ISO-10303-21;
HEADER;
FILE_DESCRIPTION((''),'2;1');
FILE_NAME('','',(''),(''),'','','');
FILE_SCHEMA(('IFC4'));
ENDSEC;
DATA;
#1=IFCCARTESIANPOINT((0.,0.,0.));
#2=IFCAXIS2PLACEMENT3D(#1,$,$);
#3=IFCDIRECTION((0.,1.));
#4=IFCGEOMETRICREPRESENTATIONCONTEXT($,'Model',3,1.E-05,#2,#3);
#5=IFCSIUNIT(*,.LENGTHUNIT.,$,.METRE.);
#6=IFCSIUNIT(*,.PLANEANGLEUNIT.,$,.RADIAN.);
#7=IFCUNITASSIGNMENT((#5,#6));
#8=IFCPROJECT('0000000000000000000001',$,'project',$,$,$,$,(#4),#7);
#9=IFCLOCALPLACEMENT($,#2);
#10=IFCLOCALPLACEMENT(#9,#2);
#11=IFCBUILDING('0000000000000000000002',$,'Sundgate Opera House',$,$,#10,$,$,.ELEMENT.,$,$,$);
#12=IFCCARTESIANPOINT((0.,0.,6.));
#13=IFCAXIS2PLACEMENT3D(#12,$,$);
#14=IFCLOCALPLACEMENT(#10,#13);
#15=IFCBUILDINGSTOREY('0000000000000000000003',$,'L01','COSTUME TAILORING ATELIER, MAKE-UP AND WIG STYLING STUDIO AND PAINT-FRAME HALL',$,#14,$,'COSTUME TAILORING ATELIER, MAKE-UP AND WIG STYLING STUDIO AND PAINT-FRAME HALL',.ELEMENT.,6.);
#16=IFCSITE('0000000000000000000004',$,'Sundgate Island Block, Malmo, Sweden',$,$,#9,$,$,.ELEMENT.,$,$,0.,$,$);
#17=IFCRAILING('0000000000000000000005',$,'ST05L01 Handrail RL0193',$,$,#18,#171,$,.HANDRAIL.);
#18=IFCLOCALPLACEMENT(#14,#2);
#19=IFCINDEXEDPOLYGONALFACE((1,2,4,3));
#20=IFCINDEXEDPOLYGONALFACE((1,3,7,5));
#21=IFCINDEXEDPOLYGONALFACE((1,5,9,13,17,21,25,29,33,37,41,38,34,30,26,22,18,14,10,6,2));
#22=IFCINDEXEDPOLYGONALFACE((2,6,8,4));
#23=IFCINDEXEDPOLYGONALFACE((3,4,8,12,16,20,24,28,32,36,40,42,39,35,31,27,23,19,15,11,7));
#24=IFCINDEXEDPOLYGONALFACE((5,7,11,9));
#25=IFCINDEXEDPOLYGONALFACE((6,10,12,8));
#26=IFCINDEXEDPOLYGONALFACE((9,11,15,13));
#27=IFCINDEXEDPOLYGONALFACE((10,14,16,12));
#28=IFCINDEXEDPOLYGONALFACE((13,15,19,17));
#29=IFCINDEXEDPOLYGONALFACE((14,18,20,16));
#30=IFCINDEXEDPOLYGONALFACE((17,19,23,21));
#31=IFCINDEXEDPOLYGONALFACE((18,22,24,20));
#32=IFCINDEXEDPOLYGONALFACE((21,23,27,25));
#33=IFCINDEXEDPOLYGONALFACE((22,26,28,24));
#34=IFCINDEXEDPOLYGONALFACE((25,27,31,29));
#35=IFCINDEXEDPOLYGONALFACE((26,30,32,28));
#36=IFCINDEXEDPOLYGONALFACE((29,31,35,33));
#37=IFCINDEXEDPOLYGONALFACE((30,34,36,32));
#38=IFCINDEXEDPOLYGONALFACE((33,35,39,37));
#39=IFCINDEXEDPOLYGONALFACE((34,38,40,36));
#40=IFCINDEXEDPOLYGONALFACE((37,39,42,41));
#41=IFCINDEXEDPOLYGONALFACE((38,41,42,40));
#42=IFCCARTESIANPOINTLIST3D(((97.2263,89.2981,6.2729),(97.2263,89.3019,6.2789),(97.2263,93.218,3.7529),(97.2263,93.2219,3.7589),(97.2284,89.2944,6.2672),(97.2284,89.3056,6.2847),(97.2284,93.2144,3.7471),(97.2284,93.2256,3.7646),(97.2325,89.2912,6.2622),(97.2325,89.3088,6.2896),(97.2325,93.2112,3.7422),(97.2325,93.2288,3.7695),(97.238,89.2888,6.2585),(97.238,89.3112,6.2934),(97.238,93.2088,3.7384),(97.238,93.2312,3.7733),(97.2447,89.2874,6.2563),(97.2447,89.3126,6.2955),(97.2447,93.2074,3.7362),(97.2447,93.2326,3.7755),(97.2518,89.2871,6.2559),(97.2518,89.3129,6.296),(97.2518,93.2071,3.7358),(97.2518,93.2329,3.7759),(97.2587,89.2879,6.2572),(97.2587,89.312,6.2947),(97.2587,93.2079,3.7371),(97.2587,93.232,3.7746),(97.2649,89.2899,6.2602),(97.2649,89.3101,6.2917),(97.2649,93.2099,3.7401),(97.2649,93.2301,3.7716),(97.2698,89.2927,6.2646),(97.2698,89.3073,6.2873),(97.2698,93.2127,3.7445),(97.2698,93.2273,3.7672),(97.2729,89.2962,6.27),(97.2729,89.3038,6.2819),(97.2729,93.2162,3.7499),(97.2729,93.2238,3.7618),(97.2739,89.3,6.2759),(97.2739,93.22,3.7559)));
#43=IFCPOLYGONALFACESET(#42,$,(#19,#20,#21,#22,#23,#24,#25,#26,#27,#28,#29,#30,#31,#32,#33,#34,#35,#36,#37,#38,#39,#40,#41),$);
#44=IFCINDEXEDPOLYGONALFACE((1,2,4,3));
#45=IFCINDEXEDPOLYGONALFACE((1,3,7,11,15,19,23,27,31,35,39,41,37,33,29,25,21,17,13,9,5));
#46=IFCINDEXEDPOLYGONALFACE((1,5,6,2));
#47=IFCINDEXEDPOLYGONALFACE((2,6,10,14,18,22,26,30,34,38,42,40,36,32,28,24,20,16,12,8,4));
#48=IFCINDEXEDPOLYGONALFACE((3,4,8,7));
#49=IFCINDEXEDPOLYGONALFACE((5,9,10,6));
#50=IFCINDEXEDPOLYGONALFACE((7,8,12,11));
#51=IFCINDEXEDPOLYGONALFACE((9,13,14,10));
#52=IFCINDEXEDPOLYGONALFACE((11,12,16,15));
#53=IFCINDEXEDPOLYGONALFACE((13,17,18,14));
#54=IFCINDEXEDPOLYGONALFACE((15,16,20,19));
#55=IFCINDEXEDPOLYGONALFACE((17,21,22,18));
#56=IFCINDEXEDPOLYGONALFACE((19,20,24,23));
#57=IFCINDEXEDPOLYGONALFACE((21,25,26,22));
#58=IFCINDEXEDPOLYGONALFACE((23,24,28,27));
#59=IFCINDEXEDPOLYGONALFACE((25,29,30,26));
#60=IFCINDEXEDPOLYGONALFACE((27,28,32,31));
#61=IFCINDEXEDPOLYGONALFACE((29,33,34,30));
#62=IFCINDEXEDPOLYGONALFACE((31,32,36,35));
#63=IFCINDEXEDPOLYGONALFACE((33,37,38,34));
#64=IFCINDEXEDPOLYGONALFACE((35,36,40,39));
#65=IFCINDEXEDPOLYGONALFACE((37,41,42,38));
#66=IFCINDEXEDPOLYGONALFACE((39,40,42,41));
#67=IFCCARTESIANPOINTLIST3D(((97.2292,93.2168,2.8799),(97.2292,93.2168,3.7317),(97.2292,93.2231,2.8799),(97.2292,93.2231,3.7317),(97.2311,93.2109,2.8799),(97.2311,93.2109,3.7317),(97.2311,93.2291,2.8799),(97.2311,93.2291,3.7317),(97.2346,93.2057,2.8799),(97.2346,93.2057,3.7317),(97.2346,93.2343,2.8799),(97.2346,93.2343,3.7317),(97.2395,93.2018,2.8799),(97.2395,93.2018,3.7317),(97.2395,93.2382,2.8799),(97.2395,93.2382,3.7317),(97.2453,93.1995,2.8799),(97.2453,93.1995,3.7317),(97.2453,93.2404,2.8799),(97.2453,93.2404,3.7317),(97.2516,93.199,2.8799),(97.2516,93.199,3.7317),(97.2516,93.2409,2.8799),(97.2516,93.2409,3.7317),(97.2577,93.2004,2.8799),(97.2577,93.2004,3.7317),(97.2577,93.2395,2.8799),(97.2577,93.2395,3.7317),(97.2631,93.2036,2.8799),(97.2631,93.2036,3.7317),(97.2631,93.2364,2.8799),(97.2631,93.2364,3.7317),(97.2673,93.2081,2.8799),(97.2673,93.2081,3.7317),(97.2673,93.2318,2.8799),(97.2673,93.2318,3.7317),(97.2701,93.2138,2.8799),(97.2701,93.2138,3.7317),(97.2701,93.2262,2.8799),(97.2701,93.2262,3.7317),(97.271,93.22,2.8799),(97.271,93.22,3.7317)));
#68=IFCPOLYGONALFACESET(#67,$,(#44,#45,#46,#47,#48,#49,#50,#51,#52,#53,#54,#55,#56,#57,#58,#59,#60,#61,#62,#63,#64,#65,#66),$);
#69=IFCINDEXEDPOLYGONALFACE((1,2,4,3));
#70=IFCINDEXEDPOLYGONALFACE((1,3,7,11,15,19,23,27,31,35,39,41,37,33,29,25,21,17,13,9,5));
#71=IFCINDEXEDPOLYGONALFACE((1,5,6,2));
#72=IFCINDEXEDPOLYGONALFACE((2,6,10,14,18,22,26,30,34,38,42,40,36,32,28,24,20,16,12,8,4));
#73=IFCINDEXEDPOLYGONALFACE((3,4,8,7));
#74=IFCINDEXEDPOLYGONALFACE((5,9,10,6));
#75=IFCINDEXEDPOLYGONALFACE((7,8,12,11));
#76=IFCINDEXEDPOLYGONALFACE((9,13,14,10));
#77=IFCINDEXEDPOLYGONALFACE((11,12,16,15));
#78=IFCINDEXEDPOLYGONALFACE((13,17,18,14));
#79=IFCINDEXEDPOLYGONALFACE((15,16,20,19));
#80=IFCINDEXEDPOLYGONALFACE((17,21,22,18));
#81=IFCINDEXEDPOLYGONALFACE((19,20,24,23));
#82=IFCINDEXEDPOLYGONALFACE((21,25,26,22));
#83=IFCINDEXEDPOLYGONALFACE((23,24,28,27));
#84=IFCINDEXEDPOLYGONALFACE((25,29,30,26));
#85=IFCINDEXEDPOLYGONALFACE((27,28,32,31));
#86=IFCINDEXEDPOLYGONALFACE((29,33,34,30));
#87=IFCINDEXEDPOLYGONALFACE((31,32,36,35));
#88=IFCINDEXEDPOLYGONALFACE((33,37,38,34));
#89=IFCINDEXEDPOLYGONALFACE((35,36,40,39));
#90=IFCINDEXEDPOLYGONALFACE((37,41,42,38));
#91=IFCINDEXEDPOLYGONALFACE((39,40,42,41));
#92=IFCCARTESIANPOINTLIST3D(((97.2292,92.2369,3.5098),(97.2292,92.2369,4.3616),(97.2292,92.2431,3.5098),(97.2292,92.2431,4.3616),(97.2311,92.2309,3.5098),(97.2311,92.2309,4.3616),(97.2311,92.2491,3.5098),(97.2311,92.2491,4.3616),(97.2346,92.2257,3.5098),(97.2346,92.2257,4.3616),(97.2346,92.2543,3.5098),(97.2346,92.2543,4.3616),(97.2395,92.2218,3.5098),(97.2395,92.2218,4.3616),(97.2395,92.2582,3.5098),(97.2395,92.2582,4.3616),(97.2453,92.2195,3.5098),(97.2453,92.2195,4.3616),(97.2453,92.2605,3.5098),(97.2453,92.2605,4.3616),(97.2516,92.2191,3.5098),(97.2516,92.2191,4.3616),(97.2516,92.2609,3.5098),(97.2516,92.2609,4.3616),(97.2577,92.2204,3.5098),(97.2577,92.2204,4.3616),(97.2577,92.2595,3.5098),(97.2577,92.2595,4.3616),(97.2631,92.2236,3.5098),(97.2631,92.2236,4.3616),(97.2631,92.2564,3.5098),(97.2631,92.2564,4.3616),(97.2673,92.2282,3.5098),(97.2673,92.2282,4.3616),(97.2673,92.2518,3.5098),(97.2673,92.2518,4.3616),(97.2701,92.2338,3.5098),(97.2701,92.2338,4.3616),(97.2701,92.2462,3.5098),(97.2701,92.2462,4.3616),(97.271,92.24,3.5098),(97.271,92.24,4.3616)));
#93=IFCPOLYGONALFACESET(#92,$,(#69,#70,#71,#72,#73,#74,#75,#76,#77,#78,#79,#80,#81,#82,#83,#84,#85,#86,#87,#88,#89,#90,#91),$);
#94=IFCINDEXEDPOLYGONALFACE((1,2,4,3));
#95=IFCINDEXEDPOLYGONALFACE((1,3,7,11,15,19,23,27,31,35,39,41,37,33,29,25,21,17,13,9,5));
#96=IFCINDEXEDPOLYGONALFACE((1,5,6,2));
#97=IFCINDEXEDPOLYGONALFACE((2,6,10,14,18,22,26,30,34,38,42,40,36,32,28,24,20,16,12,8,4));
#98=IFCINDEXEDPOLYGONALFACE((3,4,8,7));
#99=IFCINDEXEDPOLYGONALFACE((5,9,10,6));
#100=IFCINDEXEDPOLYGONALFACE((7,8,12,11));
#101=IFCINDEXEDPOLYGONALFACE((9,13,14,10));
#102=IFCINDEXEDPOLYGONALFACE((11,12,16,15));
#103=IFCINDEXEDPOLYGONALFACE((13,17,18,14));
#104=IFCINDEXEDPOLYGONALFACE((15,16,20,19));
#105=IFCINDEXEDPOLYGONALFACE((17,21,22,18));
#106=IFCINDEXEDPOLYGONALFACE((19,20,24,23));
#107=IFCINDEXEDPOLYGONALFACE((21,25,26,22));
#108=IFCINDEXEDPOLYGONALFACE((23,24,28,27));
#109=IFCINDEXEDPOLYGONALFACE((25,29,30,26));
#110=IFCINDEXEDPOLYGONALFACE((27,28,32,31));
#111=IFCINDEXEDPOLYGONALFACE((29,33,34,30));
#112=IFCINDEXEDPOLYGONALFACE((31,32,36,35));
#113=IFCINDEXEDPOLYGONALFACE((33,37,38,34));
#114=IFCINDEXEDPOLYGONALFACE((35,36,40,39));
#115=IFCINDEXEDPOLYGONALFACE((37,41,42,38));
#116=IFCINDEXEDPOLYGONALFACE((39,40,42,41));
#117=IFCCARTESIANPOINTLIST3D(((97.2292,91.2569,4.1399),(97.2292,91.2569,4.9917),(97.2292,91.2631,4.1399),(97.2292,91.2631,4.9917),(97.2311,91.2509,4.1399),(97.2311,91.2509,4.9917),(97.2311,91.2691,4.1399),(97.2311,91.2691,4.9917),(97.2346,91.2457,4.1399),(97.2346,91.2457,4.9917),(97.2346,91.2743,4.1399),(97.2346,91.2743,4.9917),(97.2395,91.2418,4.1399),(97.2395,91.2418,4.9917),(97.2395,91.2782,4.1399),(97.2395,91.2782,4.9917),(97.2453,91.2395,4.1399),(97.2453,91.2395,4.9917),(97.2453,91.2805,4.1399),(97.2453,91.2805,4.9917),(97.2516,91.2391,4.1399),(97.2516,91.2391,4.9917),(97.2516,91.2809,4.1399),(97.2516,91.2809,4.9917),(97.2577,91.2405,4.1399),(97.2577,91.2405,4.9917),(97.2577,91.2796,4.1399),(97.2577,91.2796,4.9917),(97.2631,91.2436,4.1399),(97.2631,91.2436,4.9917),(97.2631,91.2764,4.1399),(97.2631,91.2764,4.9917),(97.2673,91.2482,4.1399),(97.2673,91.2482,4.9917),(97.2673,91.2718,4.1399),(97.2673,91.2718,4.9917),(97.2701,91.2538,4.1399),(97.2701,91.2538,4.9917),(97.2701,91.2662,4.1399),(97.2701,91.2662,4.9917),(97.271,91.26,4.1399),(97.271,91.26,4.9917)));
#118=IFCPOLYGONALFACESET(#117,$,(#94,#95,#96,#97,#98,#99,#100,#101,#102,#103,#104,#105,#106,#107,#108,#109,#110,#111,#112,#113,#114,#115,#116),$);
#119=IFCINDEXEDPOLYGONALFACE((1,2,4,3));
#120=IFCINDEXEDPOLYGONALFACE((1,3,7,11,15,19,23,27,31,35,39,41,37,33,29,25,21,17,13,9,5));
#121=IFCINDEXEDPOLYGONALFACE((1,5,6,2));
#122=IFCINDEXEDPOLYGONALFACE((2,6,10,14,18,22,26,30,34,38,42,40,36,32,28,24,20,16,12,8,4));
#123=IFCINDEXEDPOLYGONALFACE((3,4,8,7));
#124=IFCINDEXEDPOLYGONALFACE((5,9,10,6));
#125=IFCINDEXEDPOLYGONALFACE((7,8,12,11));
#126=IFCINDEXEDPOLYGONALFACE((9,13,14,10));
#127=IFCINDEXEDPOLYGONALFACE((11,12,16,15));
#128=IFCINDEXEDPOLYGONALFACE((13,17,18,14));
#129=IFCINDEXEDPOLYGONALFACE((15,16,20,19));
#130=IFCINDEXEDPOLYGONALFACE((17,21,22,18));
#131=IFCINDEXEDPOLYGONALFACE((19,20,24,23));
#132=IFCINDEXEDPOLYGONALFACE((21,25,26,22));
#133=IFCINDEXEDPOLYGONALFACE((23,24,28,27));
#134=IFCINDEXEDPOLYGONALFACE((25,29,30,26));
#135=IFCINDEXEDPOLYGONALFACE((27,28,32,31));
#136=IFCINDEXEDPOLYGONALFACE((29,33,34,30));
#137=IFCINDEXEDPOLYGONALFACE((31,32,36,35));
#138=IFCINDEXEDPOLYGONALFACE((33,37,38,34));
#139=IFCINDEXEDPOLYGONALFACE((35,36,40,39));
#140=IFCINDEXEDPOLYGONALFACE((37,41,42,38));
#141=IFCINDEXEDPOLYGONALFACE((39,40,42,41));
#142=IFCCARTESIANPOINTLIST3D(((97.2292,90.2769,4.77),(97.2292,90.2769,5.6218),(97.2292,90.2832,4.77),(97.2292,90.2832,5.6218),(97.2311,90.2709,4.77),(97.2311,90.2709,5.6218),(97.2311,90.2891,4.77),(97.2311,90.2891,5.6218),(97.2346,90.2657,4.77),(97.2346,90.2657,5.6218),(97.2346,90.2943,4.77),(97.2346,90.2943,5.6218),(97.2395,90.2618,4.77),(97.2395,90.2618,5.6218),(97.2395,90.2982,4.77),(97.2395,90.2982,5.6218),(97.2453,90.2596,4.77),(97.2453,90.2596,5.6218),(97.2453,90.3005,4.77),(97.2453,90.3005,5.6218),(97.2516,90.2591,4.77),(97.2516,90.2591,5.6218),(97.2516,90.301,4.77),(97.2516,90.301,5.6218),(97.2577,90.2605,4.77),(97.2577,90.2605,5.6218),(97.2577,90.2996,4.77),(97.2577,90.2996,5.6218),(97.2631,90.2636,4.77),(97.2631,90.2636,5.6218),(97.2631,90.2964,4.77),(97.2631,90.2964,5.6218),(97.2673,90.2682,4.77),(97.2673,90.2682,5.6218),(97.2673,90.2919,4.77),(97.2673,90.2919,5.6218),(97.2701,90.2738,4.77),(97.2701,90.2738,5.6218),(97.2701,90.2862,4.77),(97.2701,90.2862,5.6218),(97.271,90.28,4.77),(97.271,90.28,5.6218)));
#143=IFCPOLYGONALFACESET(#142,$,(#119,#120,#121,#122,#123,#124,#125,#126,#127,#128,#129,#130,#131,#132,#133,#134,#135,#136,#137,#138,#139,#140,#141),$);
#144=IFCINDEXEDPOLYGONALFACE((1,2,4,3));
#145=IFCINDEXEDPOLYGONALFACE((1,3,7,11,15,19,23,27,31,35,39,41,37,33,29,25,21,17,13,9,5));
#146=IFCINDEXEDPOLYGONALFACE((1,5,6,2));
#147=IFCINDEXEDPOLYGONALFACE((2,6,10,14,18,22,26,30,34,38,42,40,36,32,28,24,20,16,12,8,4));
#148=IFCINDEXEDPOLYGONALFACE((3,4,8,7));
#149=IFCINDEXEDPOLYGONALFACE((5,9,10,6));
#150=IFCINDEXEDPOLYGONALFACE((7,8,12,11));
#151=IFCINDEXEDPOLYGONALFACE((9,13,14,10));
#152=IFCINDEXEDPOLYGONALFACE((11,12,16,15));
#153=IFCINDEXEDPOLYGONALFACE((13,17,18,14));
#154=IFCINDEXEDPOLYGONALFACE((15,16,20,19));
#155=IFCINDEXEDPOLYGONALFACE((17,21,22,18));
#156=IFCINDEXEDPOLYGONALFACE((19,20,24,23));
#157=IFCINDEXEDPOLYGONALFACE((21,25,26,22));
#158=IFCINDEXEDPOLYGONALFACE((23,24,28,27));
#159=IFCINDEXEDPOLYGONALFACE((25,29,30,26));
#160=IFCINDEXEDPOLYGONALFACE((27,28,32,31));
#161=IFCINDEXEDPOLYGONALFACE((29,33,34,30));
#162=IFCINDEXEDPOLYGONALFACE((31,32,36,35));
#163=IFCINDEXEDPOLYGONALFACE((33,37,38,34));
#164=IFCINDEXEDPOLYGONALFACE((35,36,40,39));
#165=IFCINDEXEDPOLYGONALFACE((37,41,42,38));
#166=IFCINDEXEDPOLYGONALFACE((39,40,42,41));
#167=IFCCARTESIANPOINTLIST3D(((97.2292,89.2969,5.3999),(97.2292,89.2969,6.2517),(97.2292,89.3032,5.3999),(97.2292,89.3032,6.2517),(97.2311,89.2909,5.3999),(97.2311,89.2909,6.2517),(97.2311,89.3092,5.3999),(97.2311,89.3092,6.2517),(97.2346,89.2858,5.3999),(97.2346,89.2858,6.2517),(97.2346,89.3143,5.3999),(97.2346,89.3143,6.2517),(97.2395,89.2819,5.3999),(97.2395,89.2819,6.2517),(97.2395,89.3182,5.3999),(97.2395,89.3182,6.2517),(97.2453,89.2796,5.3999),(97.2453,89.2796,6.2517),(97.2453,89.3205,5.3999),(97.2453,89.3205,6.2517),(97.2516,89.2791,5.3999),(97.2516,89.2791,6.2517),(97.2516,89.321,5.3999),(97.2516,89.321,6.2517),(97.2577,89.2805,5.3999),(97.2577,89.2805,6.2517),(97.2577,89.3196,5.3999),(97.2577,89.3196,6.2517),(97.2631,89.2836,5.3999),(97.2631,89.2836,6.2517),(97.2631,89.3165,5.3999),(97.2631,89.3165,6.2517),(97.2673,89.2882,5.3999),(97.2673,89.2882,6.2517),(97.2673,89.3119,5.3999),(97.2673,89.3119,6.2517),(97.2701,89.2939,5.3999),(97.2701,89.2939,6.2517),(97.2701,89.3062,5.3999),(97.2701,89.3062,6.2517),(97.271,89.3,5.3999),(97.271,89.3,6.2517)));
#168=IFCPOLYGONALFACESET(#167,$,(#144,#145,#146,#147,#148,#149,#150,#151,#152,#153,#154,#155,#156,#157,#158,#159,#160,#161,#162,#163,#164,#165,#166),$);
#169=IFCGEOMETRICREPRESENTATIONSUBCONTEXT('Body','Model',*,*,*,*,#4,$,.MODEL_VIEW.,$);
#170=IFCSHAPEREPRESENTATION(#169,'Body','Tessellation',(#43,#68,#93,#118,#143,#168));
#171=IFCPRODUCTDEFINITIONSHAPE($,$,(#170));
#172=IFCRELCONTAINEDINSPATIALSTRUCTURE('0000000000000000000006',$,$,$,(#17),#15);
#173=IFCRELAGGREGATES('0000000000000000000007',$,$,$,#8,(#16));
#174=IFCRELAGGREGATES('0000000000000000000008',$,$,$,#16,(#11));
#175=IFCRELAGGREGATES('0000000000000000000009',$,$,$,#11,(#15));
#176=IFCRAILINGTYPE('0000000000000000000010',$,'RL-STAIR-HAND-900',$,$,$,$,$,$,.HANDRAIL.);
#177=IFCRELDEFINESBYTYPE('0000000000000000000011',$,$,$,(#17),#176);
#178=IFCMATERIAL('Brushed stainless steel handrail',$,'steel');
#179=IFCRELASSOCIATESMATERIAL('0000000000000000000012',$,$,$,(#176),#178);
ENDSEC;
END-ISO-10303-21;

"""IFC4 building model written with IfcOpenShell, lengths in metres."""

from ifc_helpers import new_model, si_unit, direction, frame, origin, origin_2d, place, context, subcontext, project, spatial, circle, extrude, material, type_object, element, save


model = new_model("IFC4")

# Units and contexts
model_context = context("Model", 3, precision=1e-05, world=origin(), true_north=direction((0.0, 1.0)))
body_context = subcontext(model_context, "Body", "Model", "MODEL_VIEW")
ifc_project = project(units=[si_unit("LENGTHUNIT", "METRE"), si_unit("PLANEANGLEUNIT", "RADIAN")], contexts=[model_context])

# Site, building, storey
site_placement = place(None, origin())
site = spatial("IfcSite", under=ifc_project, at=site_placement, Name="Sundgate Island Block, Malmo, Sweden", CompositionType="ELEMENT", RefElevation=0.0)
building_placement = place(site_placement, origin())
building = spatial("IfcBuilding", under=site, at=building_placement, Name="Sundgate Opera House", CompositionType="ELEMENT")
storey_placement = place(building_placement, frame((0.0, 0.0, 6.0)))
storey = spatial("IfcBuildingStorey", under=building, at=storey_placement, Name="L01", Description="COSTUME TAILORING ATELIER, MAKE-UP AND WIG STYLING STUDIO AND PAINT-FRAME HALL", LongName="COSTUME TAILORING ATELIER, MAKE-UP AND WIG STYLING STUDIO AND PAINT-FRAME HALL", CompositionType="ELEMENT", Elevation=6.0)

# Railing
ifc_material_1 = material(Name="Brushed stainless steel handrail", Category="steel")
railing_type_1 = type_object("IfcRailingType", Name="RL-STAIR-HAND-900", PredefinedType="HANDRAIL", material=ifc_material_1)
railing_1_placement = place(storey_placement, frame((97.25, 93.22, 2.8799)))
element("IfcRailing", 1, at=railing_1_placement, inside=storey, type_object=railing_type_1, Name="ST05L01 Handrail RL0193", PredefinedType="HANDRAIL", context=body_context, shape_type="SweptSolid", body=[
    extrude(circle(Radius=0.0239, at=origin_2d()), frame((0.0, 0.0, 0.876), z_axis=(0.0, -0.841172, 0.540768), x_axis=(1.0, 0.0, 0.0)), (0.0, 0.0, 1.0), 4.6602),
    extrude(circle(Radius=0.021, at=origin_2d()), origin(), (0.0, 0.0, 1.0), 0.8518),
    extrude(circle(Radius=0.021, at=origin_2d()), frame((0.0, -0.98, 0.6299)), (0.0, 0.0, 1.0), 0.8518),
    extrude(circle(Radius=0.021, at=origin_2d()), frame((0.0, -1.96, 1.26)), (0.0, 0.0, 1.0), 0.8518),
    extrude(circle(Radius=0.021, at=origin_2d()), frame((0.0, -2.9399, 1.8901)), (0.0, 0.0, 1.0), 0.8518),
    extrude(circle(Radius=0.021, at=origin_2d()), frame((0.0, -3.9199, 2.52)), (0.0, 0.0, 1.0), 0.8518),
])

save(model, "model.ifc")
